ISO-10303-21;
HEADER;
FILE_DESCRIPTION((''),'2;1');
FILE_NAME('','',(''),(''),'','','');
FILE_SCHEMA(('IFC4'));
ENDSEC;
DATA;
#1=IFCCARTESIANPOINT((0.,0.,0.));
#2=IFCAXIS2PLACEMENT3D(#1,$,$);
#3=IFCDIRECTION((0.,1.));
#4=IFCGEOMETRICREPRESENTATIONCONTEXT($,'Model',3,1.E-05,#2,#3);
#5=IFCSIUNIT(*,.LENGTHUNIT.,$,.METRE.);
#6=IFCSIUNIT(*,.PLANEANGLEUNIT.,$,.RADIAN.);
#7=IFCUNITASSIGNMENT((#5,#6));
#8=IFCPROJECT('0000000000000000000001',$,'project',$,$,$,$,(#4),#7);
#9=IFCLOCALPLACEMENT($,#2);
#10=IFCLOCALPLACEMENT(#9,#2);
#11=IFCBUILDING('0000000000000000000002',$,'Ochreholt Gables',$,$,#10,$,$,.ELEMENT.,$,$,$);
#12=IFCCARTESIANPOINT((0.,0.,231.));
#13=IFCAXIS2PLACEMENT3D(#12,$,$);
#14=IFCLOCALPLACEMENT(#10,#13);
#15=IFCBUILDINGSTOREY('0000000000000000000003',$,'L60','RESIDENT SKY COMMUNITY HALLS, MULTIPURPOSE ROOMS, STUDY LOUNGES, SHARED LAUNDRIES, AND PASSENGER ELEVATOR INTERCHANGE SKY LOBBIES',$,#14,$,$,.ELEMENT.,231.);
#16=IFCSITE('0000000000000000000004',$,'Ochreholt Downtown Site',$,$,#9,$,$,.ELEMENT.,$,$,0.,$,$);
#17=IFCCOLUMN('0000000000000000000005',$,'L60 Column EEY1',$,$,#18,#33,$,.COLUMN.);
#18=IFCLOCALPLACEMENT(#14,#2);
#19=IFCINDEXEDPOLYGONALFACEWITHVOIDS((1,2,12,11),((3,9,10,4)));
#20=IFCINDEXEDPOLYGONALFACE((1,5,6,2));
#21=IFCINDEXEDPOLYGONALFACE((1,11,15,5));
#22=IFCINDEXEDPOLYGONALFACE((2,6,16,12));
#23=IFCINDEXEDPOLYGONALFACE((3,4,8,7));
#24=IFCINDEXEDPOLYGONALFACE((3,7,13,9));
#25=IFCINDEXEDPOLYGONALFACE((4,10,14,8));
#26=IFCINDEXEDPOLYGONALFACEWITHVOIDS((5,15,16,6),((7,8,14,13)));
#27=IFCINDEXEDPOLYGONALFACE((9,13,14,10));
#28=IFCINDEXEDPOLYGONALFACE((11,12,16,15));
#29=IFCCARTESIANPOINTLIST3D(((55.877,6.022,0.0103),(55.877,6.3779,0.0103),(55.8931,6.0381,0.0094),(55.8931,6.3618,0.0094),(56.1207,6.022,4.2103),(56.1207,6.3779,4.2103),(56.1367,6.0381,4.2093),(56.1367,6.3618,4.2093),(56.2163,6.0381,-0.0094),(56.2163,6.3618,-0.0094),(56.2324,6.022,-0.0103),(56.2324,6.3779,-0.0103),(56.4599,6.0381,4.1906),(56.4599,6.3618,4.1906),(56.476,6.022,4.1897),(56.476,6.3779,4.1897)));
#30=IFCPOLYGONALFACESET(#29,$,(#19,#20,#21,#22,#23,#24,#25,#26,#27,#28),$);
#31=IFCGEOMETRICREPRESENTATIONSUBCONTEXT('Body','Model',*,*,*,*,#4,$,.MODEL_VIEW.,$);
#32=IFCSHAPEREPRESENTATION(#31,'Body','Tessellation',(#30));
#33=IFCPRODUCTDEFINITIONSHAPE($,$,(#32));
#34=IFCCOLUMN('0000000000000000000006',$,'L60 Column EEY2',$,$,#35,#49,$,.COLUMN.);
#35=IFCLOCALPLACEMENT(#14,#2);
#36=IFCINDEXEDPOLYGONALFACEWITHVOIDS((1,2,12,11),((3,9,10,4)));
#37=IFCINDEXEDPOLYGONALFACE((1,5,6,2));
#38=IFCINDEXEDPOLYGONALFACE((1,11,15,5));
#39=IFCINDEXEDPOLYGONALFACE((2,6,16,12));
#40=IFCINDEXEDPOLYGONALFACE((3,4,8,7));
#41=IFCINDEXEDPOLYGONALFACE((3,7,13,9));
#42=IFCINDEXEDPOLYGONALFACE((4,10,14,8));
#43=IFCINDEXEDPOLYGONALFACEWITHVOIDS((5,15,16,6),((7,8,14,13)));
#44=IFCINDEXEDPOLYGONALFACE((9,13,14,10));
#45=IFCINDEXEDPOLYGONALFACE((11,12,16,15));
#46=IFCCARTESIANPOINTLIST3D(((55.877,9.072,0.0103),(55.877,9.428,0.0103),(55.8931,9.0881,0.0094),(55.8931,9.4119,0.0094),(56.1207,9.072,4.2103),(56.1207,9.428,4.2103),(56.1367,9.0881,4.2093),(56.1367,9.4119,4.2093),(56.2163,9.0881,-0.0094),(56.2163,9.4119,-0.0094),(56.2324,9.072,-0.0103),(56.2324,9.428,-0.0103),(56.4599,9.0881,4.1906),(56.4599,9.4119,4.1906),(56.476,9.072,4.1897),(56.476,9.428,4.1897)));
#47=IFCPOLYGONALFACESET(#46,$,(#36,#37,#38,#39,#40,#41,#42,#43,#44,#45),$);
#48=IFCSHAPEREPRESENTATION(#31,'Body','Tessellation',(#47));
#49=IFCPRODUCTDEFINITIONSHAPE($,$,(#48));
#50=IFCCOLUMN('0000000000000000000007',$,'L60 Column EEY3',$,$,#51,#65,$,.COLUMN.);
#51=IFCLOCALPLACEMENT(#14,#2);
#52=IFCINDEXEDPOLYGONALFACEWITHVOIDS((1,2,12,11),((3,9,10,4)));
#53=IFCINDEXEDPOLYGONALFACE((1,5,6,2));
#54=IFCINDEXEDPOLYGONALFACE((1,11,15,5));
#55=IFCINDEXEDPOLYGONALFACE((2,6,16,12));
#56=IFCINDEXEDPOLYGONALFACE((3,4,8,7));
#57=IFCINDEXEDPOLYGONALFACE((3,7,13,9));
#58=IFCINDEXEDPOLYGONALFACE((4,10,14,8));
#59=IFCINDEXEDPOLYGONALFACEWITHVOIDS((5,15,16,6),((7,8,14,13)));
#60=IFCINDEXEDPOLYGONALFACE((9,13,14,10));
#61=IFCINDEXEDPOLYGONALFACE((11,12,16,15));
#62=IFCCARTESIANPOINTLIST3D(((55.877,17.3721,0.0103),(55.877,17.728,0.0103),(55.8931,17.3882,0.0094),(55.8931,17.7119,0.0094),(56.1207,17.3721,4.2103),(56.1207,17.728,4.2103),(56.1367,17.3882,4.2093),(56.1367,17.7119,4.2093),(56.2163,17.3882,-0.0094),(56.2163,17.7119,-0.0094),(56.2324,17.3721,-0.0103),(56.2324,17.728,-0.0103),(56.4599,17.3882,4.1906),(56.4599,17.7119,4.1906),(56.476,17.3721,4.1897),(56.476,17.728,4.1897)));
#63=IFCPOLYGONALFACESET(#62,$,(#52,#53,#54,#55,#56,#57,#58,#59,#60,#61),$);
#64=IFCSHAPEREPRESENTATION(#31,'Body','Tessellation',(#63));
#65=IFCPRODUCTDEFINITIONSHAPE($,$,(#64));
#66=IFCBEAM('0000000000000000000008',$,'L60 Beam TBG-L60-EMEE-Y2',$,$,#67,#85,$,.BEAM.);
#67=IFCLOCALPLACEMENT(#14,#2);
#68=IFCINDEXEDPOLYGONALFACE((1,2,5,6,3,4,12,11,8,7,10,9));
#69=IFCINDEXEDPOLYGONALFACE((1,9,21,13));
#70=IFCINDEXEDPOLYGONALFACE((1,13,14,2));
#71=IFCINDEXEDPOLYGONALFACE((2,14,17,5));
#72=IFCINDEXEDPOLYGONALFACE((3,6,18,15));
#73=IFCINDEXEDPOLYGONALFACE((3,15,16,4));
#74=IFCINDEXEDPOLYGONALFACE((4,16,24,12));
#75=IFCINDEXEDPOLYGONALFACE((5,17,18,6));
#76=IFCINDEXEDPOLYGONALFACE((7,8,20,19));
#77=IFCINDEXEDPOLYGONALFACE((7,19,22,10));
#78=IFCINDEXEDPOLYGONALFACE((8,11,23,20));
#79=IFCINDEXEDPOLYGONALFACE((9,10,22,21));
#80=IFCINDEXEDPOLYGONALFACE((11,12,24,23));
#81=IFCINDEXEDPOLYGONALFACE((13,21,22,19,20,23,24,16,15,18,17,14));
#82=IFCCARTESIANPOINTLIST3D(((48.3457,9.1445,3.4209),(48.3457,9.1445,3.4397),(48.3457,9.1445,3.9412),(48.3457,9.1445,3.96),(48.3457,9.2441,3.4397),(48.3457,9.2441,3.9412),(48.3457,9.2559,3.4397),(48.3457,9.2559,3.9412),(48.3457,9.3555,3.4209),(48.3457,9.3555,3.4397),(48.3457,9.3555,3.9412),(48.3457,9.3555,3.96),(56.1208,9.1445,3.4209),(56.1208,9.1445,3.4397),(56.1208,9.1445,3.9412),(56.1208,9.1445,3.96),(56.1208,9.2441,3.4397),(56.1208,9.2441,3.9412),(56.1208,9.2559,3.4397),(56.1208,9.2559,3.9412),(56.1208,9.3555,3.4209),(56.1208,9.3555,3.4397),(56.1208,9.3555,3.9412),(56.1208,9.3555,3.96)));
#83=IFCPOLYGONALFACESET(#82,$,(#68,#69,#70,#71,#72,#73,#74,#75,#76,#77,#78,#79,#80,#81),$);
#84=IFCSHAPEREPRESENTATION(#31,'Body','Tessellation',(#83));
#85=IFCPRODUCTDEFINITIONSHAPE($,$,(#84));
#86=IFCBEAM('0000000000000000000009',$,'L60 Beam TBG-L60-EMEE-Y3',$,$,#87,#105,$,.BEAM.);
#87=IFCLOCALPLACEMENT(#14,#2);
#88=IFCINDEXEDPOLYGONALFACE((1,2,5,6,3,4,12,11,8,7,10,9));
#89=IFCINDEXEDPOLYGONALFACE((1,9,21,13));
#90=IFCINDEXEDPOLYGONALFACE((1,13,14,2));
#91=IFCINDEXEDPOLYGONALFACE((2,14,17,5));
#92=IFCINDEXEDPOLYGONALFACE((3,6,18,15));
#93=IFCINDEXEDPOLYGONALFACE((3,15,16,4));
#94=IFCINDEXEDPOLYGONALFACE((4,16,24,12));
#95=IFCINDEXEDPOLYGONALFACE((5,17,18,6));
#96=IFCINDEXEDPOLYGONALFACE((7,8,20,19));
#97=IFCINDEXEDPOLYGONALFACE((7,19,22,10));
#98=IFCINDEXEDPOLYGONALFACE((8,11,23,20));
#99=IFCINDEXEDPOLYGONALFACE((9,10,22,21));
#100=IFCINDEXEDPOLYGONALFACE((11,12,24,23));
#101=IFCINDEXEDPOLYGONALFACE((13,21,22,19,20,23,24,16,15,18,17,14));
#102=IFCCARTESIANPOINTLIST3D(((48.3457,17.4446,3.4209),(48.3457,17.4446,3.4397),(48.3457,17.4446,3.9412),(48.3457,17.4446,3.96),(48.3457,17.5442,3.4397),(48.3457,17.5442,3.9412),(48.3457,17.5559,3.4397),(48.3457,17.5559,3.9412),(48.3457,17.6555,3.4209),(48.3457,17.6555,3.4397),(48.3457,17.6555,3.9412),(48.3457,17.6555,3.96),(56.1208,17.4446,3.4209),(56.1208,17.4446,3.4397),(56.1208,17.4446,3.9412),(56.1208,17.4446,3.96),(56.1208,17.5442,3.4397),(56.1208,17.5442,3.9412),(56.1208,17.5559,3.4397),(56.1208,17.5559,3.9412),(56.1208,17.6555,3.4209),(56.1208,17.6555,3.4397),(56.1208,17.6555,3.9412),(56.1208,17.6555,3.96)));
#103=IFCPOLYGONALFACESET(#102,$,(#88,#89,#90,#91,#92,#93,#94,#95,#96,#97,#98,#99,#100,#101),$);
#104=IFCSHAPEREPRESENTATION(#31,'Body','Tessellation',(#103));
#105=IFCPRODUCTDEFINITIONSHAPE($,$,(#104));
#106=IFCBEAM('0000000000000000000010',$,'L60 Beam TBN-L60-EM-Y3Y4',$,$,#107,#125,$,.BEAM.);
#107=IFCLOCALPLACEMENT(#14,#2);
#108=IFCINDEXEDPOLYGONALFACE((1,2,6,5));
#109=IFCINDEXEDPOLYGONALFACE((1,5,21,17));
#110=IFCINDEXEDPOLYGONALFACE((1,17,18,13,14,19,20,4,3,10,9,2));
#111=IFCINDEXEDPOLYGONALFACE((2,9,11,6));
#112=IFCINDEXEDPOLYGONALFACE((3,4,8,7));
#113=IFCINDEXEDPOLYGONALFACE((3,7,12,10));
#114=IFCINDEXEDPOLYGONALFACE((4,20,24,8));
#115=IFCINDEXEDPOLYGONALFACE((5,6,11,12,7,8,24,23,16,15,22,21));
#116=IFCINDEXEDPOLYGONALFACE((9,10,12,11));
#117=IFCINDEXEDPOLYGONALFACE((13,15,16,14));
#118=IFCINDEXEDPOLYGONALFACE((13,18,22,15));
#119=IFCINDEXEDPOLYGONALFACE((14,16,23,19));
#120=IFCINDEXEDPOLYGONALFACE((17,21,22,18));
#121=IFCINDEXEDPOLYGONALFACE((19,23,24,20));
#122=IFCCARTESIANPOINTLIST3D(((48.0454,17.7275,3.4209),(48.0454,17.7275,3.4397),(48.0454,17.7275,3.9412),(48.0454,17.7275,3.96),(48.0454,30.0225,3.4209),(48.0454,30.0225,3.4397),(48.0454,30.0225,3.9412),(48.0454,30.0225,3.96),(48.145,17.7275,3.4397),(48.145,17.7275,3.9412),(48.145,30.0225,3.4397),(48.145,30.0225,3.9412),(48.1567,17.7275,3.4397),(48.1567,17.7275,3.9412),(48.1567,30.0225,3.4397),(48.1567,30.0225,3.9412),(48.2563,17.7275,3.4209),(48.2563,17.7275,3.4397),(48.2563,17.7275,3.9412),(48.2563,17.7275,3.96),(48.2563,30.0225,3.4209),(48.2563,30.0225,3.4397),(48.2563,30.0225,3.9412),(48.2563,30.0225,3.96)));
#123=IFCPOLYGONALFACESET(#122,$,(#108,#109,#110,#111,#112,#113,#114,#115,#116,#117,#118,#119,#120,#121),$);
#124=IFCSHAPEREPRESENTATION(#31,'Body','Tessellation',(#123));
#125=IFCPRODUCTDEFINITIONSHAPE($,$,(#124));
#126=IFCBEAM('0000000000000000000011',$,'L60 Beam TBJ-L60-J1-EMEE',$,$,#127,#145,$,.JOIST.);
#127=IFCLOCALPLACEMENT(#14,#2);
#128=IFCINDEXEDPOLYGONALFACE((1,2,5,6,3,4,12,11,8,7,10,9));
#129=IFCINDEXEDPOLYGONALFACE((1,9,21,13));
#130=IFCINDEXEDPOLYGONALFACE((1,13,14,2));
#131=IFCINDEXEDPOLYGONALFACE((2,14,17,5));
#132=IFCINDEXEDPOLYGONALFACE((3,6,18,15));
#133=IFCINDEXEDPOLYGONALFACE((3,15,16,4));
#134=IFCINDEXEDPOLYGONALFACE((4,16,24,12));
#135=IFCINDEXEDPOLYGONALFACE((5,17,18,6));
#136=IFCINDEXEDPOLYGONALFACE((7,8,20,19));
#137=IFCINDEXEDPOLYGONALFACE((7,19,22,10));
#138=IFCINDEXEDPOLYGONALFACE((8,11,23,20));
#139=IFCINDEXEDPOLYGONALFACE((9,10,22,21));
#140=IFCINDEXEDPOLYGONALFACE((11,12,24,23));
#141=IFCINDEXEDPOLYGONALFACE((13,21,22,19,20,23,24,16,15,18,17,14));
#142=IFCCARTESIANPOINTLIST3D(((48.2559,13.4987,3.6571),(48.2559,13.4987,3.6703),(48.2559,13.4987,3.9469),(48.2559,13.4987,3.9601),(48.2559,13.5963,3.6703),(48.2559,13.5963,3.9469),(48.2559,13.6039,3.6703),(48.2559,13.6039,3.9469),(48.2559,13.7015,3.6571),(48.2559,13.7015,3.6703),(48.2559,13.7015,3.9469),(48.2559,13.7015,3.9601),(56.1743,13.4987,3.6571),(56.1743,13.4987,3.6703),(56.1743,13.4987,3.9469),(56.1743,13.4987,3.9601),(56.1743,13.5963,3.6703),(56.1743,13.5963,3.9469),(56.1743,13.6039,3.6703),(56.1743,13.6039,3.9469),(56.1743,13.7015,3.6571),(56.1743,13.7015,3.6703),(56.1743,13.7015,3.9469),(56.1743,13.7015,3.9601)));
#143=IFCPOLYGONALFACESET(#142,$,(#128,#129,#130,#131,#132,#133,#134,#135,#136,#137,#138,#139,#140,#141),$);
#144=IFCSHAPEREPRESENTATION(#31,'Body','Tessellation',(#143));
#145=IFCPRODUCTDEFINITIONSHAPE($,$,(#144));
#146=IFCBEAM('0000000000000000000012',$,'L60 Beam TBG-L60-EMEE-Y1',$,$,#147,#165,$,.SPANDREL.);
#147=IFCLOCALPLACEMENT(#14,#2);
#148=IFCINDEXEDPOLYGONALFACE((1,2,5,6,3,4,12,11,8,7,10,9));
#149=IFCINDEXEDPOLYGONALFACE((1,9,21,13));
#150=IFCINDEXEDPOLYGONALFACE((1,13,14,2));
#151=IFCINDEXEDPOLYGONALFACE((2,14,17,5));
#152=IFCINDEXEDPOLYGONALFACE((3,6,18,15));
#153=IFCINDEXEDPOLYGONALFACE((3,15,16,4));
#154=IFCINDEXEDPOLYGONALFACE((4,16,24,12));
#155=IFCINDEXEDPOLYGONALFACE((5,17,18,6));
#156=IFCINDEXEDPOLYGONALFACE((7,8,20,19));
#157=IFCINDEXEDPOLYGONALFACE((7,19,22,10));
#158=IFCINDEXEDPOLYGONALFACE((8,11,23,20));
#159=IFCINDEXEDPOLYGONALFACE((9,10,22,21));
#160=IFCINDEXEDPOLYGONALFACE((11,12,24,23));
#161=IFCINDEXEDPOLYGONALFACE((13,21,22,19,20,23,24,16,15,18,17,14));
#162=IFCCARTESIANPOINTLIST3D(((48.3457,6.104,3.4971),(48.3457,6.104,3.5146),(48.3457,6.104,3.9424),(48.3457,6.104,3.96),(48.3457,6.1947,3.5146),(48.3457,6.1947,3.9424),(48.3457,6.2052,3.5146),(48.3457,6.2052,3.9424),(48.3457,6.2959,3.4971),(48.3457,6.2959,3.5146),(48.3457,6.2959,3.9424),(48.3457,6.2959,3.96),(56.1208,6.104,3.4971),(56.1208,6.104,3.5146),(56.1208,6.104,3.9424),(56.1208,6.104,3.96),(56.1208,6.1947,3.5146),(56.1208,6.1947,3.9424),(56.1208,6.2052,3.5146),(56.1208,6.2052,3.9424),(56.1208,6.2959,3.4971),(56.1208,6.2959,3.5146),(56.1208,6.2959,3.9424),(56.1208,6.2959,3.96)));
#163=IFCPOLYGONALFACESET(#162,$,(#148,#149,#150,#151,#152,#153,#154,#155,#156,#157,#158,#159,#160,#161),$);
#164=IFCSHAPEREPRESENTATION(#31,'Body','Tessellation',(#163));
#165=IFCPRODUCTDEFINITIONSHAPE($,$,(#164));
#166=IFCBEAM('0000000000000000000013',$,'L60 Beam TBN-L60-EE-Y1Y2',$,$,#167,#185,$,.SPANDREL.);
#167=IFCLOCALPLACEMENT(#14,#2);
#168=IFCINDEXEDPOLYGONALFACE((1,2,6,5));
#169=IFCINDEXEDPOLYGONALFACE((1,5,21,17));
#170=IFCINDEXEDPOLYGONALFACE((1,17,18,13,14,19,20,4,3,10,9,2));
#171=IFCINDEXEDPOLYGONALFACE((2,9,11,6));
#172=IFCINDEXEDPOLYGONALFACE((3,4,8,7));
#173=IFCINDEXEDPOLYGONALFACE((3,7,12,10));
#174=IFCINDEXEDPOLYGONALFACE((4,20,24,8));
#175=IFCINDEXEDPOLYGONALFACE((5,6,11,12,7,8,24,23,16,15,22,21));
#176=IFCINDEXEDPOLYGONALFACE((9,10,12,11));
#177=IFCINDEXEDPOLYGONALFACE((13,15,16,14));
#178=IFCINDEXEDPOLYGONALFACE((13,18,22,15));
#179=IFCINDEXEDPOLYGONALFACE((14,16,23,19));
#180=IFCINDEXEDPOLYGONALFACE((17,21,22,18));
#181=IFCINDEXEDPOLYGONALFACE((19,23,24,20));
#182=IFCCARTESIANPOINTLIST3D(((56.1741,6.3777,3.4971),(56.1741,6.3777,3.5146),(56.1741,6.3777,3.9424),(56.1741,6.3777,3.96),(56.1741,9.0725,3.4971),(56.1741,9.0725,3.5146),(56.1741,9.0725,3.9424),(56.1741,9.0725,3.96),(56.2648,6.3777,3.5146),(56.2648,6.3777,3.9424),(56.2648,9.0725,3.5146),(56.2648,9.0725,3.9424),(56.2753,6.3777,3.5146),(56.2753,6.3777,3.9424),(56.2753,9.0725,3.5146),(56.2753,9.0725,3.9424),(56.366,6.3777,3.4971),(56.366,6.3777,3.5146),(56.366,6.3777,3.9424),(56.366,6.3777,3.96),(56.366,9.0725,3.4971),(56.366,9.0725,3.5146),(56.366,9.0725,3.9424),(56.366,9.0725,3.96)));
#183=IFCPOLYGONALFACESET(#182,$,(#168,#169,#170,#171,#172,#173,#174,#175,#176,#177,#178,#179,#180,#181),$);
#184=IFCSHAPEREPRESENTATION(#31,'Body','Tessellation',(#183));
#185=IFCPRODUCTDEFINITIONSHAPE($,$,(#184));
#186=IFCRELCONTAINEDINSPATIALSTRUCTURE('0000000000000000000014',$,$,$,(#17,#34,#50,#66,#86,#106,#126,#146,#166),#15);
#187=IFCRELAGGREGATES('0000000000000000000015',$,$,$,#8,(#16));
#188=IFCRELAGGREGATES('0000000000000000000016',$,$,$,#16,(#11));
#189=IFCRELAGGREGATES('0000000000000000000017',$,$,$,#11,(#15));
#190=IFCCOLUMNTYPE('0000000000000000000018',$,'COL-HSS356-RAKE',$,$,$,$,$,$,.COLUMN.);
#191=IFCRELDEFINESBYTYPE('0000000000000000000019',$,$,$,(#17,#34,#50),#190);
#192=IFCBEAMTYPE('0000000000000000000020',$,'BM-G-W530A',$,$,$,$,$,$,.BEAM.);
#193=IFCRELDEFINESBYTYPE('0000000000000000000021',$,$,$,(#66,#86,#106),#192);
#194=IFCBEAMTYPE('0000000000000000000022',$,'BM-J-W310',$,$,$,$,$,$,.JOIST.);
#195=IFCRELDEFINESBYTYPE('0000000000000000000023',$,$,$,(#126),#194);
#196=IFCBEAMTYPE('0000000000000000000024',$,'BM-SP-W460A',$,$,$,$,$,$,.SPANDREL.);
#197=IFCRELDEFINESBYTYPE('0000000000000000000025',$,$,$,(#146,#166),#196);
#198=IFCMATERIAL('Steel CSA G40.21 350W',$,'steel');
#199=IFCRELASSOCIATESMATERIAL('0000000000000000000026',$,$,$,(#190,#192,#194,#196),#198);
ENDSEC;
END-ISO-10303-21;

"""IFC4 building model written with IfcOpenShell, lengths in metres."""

from ifc_helpers import new_model, si_unit, direction, frame, origin, origin_2d, place, context, subcontext, project, spatial, hollow_rectangle, i_section, extrude, material, material_profile, profile_set, type_object, element, save


model = new_model("IFC4")

# Units and contexts
model_context = context("Model", 3, precision=1e-05, world=origin(), true_north=direction((0.0, 1.0)))
body_context = subcontext(model_context, "Body", "Model", "MODEL_VIEW")
ifc_project = project(units=[si_unit("LENGTHUNIT", "METRE"), si_unit("PLANEANGLEUNIT", "RADIAN")], contexts=[model_context])

# Site, building, storey
site_placement = place(None, origin())
site = spatial("IfcSite", under=ifc_project, at=site_placement, Name="Ochreholt Downtown Site", CompositionType="ELEMENT", RefElevation=0.0)
building_placement = place(site_placement, origin())
building = spatial("IfcBuilding", under=site, at=building_placement, Name="Ochreholt Gables", CompositionType="ELEMENT")
storey_placement = place(building_placement, frame((0.0, 0.0, 231.0)))
storey = spatial("IfcBuildingStorey", under=building, at=storey_placement, Name="L60", Description="RESIDENT SKY COMMUNITY HALLS, MULTIPURPOSE ROOMS, STUDY LOUNGES, SHARED LAUNDRIES, AND PASSENGER ELEVATOR INTERCHANGE SKY LOBBIES", CompositionType="ELEMENT", Elevation=231.0)

# Columns
ifc_material_1 = material(Name="Steel CSA G40.21 350W", Category="steel")
ifc_material_profile_1 = material_profile(ifc_material_1, hollow_rectangle(XDim=0.356, YDim=0.356, WallThickness=0.0161, at=origin_2d()), Name="HSS356X356X16")
ifc_profile_set_1 = profile_set([ifc_material_profile_1], Name="Steel CSA G40.21 350W")
column_type = type_object("IfcColumnType", Name="COL-HSS356-RAKE", PredefinedType="COLUMN", material=ifc_profile_set_1)
for number, where, z_axis, x_axis, name in (
    (1, (56.0547, 6.2, 0.0), (0.057916, 0.0, 0.998321), (0.0, 1.0, 0.0), "L60 Column EEY1"),
    (2, (56.0547, 9.25, 0.0), (0.057916, 0.0, 0.998321), (0.0, 1.0, 0.0), "L60 Column EEY2"),
    (3, (56.0547, 17.55, 0.0), (0.057916, 0.0, 0.998321), (0.0, 1.0, 0.0), "L60 Column EEY3"),
):
    element("IfcColumn", number, at=place(storey_placement, frame(where, z_axis=z_axis, x_axis=x_axis)), inside=storey, type_object=column_type, Name=name, PredefinedType="COLUMN", context=body_context, shape_type="SweptSolid", body=[
        extrude(hollow_rectangle(XDim=0.356, YDim=0.356, WallThickness=0.0161, at=origin_2d()), origin(), (0.0, 0.0, 1.0), 4.207),
    ])

# Beams
ifc_material_profile_2 = material_profile(ifc_material_1, i_section(OverallWidth=0.2109, OverallDepth=0.5391, WebThickness=0.0117, FlangeThickness=0.0188, at=origin_2d()), Name="W530X109")
ifc_profile_set_2 = profile_set([ifc_material_profile_2], Name="Steel CSA G40.21 350W")
beam_type_1 = type_object("IfcBeamType", Name="BM-G-W530A", PredefinedType="BEAM", material=ifc_profile_set_2)
for number, where, z_axis, x_axis, name in (
    (4, (48.3457, 9.25, 3.6904), (1.0, 0.0, 0.0), (0.0, 1.0, 0.0), "L60 Beam TBG-L60-EMEE-Y2"),
    (5, (48.3457, 17.55, 3.6904), (1.0, 0.0, 0.0), (0.0, 1.0, 0.0), "L60 Beam TBG-L60-EMEE-Y3"),
):
    element("IfcBeam", number, at=place(storey_placement, frame(where, z_axis=z_axis, x_axis=x_axis)), inside=storey, type_object=beam_type_1, Name=name, PredefinedType="BEAM", context=body_context, shape_type="SweptSolid", body=[
        extrude(i_section(OverallWidth=0.2109, OverallDepth=0.5391, WebThickness=0.0117, FlangeThickness=0.0188, at=origin_2d()), origin(), (0.0, 0.0, 1.0), 7.7751),
    ])
beam_1_placement = place(storey_placement, frame((48.1509, 17.7275, 3.6904), z_axis=(0.0, 1.0, 0.0), x_axis=(-1.0, 0.0, 0.0)))
element("IfcBeam", 6, at=beam_1_placement, inside=storey, type_object=beam_type_1, Name="L60 Beam TBN-L60-EM-Y3Y4", PredefinedType="BEAM", context=body_context, shape_type="SweptSolid", body=[
    extrude(i_section(OverallWidth=0.2109, OverallDepth=0.5391, WebThickness=0.0117, FlangeThickness=0.0188, at=origin_2d()), origin(), (0.0, 0.0, 1.0), 12.2949),
])
ifc_material_profile_3 = material_profile(ifc_material_1, i_section(OverallWidth=0.2029, OverallDepth=0.303, WebThickness=0.0076, FlangeThickness=0.0132, at=origin_2d()), Name="W310X60")
ifc_profile_set_3 = profile_set([ifc_material_profile_3], Name="Steel CSA G40.21 350W")
beam_type_2 = type_object("IfcBeamType", Name="BM-J-W310", PredefinedType="JOIST", material=ifc_profile_set_3)
beam_2_placement = place(storey_placement, frame((48.2559, 13.6001, 3.8086), z_axis=(1.0, 0.0, 0.0), x_axis=(0.0, 1.0, 0.0)))
element("IfcBeam", 7, at=beam_2_placement, inside=storey, type_object=beam_type_2, Name="L60 Beam TBJ-L60-J1-EMEE", PredefinedType="JOIST", context=body_context, shape_type="SweptSolid", body=[
    extrude(i_section(OverallWidth=0.2029, OverallDepth=0.303, WebThickness=0.0076, FlangeThickness=0.0132, at=origin_2d()), origin(), (0.0, 0.0, 1.0), 7.9185),
])
ifc_material_profile_4 = material_profile(ifc_material_1, i_section(OverallWidth=0.1919, OverallDepth=0.4629, WebThickness=0.0105, FlangeThickness=0.0176, at=origin_2d()), Name="W460X89")
ifc_profile_set_4 = profile_set([ifc_material_profile_4], Name="Steel CSA G40.21 350W")
beam_type_3 = type_object("IfcBeamType", Name="BM-SP-W460A", PredefinedType="SPANDREL", material=ifc_profile_set_4)
beam_3_placement = place(storey_placement, frame((48.3457, 6.2, 3.7285), z_axis=(1.0, 0.0, 0.0), x_axis=(0.0, 1.0, 0.0)))
element("IfcBeam", 8, at=beam_3_placement, inside=storey, type_object=beam_type_3, Name="L60 Beam TBG-L60-EMEE-Y1", PredefinedType="SPANDREL", context=body_context, shape_type="SweptSolid", body=[
    extrude(i_section(OverallWidth=0.1919, OverallDepth=0.4629, WebThickness=0.0105, FlangeThickness=0.0176, at=origin_2d()), origin(), (0.0, 0.0, 1.0), 7.7751),
])
beam_4_placement = place(storey_placement, frame((56.27, 6.3777, 3.7285), z_axis=(0.0, 1.0, 0.0), x_axis=(-1.0, 0.0, 0.0)))
element("IfcBeam", 9, at=beam_4_placement, inside=storey, type_object=beam_type_3, Name="L60 Beam TBN-L60-EE-Y1Y2", PredefinedType="SPANDREL", context=body_context, shape_type="SweptSolid", body=[
    extrude(i_section(OverallWidth=0.1919, OverallDepth=0.4629, WebThickness=0.0105, FlangeThickness=0.0176, at=origin_2d()), origin(), (0.0, 0.0, 1.0), 2.6948),
])

save(model, "model.ifc")
